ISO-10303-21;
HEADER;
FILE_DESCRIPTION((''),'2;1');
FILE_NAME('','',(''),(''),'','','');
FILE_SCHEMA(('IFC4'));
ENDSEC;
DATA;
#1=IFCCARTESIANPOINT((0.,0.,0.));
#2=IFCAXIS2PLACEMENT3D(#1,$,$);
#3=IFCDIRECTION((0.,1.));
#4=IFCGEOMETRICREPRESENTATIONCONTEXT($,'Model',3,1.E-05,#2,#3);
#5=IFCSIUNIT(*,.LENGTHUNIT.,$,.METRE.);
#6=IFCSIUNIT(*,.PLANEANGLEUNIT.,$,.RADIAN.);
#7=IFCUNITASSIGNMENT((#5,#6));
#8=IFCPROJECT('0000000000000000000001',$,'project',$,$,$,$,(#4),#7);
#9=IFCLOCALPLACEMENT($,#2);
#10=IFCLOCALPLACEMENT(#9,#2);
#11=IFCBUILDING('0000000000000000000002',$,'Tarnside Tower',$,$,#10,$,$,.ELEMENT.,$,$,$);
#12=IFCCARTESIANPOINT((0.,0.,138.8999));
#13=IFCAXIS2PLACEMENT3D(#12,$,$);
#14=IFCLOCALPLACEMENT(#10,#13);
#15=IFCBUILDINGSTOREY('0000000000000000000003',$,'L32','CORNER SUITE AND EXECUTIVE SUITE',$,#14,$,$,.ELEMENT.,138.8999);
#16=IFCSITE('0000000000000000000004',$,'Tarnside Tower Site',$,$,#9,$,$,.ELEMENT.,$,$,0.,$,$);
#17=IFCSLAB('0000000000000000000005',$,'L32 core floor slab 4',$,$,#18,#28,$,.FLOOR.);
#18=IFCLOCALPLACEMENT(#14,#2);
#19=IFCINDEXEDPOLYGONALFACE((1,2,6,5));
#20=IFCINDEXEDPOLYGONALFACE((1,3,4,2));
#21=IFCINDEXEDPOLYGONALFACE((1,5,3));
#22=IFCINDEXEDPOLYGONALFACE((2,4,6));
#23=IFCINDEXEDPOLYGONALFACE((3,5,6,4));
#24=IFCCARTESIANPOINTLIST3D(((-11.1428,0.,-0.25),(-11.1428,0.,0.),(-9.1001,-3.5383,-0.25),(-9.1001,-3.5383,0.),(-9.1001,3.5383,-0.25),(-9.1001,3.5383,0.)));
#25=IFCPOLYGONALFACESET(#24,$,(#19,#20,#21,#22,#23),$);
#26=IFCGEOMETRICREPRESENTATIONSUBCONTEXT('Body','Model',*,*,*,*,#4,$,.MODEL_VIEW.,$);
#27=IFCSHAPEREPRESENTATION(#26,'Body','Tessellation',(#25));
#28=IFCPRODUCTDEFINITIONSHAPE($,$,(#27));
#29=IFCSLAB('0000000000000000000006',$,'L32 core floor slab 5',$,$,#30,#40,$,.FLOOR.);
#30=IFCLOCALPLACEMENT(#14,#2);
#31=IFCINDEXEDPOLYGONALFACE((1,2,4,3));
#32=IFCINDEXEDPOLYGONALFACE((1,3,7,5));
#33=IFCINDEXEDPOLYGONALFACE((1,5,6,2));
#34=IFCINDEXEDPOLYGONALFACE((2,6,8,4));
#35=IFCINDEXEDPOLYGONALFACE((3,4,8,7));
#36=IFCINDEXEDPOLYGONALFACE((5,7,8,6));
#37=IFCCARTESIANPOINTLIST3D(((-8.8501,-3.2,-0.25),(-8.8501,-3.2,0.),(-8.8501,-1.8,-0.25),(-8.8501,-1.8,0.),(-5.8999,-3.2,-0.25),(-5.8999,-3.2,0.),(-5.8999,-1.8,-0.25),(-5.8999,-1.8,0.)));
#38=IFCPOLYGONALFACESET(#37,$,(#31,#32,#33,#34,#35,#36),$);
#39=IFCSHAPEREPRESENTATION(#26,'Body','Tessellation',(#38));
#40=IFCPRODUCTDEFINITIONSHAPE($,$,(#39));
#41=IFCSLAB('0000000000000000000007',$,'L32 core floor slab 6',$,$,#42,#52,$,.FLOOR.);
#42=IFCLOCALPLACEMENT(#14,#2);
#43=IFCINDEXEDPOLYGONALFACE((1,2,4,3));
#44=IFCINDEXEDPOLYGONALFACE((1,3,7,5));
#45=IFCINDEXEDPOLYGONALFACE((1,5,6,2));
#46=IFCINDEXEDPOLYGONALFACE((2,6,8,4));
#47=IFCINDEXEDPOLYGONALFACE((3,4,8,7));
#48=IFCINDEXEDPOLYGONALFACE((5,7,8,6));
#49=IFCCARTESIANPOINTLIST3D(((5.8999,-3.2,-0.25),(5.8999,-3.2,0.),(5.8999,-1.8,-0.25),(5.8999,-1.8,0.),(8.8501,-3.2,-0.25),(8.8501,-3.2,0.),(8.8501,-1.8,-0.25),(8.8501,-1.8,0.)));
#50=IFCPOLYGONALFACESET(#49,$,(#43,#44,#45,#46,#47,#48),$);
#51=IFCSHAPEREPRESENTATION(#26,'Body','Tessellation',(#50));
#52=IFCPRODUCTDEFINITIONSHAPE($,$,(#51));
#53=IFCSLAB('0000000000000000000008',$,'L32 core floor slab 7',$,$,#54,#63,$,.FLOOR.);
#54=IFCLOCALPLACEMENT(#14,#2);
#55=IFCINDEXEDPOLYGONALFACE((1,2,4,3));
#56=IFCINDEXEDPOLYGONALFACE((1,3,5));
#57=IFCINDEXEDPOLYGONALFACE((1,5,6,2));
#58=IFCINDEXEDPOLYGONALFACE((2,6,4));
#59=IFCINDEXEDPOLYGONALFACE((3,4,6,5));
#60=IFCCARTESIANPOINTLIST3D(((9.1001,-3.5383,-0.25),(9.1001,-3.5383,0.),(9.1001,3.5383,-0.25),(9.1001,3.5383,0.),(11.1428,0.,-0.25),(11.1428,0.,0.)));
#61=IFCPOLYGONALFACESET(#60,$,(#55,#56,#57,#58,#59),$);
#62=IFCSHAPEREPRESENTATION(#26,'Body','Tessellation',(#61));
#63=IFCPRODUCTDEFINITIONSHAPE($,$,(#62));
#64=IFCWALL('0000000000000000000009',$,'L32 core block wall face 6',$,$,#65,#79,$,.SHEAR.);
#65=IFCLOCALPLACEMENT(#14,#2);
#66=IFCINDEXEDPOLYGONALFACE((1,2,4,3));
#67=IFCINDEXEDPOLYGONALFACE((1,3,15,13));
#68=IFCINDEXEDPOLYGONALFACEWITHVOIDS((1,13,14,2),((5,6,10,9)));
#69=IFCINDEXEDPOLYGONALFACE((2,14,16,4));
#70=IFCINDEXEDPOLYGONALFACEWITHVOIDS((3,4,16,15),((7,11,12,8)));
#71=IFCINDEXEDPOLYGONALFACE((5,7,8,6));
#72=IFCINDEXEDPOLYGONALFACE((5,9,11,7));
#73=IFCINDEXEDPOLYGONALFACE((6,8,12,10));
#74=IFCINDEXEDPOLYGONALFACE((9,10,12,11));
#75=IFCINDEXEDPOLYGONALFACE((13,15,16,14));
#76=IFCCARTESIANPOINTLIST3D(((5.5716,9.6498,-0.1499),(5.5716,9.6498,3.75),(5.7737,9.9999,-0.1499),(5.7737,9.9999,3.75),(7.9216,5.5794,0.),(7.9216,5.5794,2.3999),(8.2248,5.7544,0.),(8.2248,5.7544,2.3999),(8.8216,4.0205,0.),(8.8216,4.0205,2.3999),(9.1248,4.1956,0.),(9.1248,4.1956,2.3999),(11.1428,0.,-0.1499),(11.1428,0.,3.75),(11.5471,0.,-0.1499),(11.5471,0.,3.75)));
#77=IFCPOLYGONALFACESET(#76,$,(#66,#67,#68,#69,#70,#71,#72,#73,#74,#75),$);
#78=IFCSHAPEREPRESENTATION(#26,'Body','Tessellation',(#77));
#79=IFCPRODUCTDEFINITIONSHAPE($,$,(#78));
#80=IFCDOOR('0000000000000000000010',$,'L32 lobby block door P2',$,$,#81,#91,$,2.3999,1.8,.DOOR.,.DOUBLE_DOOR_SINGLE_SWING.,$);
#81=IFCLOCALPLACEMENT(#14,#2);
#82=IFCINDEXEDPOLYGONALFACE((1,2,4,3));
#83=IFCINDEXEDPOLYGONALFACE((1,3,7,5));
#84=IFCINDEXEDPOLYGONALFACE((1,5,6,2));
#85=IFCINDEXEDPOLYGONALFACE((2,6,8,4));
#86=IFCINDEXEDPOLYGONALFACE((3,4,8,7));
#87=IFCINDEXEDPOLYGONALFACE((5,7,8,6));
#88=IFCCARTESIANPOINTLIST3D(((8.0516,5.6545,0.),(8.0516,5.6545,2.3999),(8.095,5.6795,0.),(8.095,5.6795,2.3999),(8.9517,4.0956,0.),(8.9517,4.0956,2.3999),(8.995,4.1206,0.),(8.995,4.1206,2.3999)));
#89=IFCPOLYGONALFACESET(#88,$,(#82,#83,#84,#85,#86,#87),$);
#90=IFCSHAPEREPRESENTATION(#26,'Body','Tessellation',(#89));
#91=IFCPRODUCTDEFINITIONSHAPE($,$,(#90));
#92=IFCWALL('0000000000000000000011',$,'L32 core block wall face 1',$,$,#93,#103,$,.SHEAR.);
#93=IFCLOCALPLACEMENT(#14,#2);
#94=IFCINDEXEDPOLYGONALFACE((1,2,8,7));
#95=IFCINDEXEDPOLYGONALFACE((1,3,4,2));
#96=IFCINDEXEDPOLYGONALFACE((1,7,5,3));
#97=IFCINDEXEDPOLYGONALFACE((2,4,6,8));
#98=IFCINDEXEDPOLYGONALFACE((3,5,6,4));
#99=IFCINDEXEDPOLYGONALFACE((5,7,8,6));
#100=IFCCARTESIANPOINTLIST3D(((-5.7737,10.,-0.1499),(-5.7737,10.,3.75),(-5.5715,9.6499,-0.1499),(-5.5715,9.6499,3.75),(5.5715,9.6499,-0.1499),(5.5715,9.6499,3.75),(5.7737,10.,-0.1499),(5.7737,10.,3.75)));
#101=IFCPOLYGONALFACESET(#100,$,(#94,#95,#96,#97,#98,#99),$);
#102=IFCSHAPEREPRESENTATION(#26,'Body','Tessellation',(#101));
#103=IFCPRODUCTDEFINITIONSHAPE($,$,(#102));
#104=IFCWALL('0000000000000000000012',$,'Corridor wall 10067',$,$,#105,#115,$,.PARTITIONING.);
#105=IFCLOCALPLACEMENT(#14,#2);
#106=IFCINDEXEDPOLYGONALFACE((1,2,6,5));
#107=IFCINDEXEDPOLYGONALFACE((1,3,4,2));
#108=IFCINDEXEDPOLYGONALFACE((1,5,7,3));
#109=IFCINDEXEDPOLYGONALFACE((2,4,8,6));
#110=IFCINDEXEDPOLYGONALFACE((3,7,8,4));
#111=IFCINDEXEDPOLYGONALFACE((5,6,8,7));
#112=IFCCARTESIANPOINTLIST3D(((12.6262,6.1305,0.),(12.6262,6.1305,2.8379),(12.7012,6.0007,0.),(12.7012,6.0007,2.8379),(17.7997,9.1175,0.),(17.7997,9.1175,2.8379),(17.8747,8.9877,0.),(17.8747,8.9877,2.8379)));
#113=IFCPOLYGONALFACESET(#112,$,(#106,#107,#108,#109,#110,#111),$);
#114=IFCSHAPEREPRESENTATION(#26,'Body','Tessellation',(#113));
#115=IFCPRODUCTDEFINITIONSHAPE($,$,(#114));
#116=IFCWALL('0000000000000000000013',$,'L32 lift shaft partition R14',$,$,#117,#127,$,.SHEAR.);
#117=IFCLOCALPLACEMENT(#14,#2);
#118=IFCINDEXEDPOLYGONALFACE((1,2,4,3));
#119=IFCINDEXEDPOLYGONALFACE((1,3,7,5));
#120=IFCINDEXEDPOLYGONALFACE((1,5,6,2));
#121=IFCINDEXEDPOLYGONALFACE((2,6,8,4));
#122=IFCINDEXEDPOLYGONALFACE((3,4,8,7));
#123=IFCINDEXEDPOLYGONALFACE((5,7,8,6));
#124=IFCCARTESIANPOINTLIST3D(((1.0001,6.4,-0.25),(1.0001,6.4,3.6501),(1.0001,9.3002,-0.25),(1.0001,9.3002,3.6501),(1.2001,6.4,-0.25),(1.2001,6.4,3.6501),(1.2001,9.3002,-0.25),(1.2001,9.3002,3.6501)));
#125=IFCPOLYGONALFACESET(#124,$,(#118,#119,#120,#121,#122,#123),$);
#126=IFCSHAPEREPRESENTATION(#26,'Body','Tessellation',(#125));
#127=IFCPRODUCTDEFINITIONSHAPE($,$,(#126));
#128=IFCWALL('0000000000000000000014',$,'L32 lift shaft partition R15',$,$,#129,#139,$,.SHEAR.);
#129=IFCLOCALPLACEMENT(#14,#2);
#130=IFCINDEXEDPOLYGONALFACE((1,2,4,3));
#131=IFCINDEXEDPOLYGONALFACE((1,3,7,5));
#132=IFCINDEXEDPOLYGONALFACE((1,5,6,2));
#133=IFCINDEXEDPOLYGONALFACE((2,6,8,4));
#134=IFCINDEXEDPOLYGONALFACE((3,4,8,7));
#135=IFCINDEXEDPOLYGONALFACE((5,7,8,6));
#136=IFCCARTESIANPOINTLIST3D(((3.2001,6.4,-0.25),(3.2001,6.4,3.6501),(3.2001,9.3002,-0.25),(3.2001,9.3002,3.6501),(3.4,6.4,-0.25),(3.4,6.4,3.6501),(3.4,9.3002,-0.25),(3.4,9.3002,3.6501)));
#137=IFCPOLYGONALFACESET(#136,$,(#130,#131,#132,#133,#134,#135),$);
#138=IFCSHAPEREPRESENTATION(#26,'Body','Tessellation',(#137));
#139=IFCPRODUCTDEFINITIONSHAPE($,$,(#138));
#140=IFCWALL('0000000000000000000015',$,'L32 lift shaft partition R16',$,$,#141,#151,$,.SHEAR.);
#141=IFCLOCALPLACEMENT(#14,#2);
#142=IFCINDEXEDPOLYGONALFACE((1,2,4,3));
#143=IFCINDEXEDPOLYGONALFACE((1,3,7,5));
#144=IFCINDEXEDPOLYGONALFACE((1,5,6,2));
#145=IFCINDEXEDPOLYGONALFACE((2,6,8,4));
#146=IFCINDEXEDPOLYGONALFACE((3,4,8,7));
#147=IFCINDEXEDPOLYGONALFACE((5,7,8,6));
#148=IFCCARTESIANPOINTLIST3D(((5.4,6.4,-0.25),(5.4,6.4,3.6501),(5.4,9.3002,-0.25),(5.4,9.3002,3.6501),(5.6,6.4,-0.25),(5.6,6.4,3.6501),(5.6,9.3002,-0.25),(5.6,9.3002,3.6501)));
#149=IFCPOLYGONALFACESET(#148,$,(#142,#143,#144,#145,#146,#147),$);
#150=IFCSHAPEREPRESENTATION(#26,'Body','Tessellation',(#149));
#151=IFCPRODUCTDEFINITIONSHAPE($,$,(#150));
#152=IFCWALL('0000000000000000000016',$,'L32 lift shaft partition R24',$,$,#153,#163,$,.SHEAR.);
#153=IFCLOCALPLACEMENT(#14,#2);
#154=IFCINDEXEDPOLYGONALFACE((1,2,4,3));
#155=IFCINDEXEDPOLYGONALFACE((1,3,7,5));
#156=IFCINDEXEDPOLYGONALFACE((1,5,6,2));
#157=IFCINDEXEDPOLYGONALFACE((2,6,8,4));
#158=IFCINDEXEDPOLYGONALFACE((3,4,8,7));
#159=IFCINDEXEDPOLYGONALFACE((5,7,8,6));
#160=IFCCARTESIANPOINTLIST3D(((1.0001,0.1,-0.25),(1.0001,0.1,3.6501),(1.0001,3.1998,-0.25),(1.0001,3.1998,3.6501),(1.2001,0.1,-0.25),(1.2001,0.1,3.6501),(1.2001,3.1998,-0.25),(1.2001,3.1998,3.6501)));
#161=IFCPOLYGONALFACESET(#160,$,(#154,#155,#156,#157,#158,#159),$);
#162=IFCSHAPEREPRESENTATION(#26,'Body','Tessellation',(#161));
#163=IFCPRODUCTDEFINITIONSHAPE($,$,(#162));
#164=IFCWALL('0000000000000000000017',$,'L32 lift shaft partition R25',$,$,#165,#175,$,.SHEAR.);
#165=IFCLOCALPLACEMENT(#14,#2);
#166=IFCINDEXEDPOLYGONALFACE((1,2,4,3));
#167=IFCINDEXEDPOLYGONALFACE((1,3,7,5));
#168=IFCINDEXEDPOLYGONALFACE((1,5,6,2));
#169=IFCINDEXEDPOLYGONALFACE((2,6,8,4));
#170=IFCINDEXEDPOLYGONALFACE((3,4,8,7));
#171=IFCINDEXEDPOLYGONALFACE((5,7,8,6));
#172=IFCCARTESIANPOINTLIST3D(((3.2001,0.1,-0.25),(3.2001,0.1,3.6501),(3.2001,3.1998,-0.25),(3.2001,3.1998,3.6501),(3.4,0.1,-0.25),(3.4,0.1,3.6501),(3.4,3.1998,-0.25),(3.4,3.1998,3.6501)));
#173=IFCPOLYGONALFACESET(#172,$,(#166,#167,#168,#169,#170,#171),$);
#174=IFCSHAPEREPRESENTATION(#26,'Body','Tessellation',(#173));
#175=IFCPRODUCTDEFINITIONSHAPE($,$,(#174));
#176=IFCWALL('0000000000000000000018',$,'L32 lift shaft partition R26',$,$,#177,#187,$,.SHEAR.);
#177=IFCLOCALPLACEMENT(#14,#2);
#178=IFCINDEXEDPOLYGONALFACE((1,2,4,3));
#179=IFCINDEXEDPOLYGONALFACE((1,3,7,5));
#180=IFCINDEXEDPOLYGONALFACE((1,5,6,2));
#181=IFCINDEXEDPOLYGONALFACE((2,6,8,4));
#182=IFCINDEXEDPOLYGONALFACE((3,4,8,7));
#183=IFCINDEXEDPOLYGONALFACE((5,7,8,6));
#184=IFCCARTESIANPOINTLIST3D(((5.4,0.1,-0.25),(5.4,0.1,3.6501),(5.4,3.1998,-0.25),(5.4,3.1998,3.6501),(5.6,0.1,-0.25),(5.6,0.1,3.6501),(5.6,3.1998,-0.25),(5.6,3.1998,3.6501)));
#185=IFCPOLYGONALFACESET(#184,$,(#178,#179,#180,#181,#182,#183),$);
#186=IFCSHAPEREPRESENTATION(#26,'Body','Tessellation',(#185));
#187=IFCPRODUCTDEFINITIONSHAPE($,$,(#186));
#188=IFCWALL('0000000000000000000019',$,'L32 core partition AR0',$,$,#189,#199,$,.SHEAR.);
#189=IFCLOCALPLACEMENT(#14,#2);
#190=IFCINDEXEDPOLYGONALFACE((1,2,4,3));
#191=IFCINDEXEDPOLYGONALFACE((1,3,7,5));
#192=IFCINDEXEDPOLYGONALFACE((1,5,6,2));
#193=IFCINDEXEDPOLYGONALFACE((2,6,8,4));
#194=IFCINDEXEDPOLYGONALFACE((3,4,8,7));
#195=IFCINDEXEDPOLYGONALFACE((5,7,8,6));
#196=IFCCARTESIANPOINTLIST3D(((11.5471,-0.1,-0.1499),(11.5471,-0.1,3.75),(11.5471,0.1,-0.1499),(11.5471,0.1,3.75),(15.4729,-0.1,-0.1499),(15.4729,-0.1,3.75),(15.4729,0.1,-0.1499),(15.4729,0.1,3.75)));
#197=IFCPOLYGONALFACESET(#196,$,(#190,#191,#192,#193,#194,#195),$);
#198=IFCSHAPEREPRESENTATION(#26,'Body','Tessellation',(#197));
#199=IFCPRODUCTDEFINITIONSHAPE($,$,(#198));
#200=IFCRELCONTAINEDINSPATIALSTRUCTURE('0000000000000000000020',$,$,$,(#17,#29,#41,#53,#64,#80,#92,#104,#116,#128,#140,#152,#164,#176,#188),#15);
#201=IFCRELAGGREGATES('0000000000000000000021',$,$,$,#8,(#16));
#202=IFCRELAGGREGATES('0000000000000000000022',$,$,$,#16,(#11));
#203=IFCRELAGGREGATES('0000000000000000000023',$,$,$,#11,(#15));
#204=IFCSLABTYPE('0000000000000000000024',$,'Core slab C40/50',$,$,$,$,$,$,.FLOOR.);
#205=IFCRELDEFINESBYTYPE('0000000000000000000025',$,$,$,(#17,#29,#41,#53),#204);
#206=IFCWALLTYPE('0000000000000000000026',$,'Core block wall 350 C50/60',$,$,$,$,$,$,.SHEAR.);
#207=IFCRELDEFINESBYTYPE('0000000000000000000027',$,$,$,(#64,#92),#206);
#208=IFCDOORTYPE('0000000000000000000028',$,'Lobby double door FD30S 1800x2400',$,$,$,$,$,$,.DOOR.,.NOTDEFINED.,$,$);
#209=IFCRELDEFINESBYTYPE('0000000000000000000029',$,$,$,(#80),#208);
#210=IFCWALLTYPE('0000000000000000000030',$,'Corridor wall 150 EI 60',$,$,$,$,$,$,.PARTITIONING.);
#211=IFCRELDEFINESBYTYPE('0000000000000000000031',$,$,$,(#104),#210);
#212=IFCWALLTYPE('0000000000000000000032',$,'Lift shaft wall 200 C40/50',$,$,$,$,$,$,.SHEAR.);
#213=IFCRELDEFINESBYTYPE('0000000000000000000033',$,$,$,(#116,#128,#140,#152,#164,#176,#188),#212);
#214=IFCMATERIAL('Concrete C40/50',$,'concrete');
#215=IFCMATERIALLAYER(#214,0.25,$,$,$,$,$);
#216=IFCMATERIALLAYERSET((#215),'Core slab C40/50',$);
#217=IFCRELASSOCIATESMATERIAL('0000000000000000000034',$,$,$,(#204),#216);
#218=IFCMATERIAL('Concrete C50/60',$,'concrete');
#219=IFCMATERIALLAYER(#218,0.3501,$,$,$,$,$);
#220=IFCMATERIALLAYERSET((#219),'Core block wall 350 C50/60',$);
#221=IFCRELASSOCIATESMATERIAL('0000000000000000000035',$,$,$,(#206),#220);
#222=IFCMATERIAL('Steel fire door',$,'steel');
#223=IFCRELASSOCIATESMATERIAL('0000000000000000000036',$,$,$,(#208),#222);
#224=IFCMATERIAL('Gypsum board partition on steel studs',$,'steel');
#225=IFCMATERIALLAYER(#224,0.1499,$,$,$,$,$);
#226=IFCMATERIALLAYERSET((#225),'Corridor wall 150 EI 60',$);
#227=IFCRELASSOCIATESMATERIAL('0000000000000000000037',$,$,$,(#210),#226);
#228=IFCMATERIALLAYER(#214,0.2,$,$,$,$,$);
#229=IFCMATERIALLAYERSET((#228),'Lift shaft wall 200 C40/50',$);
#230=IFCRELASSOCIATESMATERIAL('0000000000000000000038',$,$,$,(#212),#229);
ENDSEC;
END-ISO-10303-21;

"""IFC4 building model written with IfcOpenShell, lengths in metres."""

from ifc_helpers import new_model, si_unit, direction, frame, frame_2d, origin, place, context, subcontext, project, spatial, polyline, rectangle, outline, extrude, material, layer, layer_set, type_object, element, fill, save


model = new_model("IFC4")

# Units and contexts
model_context = context("Model", 3, precision=1e-05, world=origin(), true_north=direction((0.0, 1.0)))
body_context = subcontext(model_context, "Body", "Model", "MODEL_VIEW")
ifc_project = project(units=[si_unit("LENGTHUNIT", "METRE"), si_unit("PLANEANGLEUNIT", "RADIAN")], contexts=[model_context])

# Site, building, storey
site_placement = place(None, origin())
site = spatial("IfcSite", under=ifc_project, at=site_placement, Name="Tarnside Tower Site", CompositionType="ELEMENT", RefElevation=0.0)
building_placement = place(site_placement, origin())
building = spatial("IfcBuilding", under=site, at=building_placement, Name="Tarnside Tower", CompositionType="ELEMENT")
storey_placement = place(building_placement, frame((0.0, 0.0, 138.8999)))
storey = spatial("IfcBuildingStorey", under=building, at=storey_placement, Name="L32", Description="CORNER SUITE AND EXECUTIVE SUITE", CompositionType="ELEMENT", Elevation=138.8999)

# Slabs
ifc_material_1 = material(Name="Concrete C40/50", Category="concrete")
ifc_layer_1 = layer(ifc_material_1, 0.25)
ifc_layer_set_1 = layer_set([ifc_layer_1], Name="Core slab C40/50")
slab_type = type_object("IfcSlabType", Name="Core slab C40/50", PredefinedType="FLOOR", material=ifc_layer_set_1)
slab_1_placement = place(storey_placement, frame((0.0, 0.0, -0.25)))
element("IfcSlab", 1, at=slab_1_placement, inside=storey, type_object=slab_type, Name="L32 core floor slab 4", PredefinedType="FLOOR", context=body_context, shape_type="SweptSolid", body=[
    extrude(outline(polyline([(-11.1428, 0.0), (-9.1001, 3.5383), (-9.1001, -3.5383), (-11.1428, 0.0)])), origin(), (0.0, 0.0, 1.0), 0.25),
])
slab_2_placement = place(storey_placement, frame((0.0, 0.0, -0.25)))
element("IfcSlab", 2, at=slab_2_placement, inside=storey, type_object=slab_type, Name="L32 core floor slab 5", PredefinedType="FLOOR", context=body_context, shape_type="SweptSolid", body=[
    extrude(outline(polyline([(-8.8501, -1.8), (-5.8999, -1.8), (-5.8999, -3.2), (-8.8501, -3.2), (-8.8501, -1.8)])), origin(), (0.0, 0.0, 1.0), 0.25),
])
slab_3_placement = place(storey_placement, frame((0.0, 0.0, -0.25)))
element("IfcSlab", 3, at=slab_3_placement, inside=storey, type_object=slab_type, Name="L32 core floor slab 6", PredefinedType="FLOOR", context=body_context, shape_type="SweptSolid", body=[
    extrude(outline(polyline([(5.8999, -3.2), (5.8999, -1.8), (8.8501, -1.8), (8.8501, -3.2), (5.8999, -3.2)])), origin(), (0.0, 0.0, 1.0), 0.25),
])
slab_4_placement = place(storey_placement, frame((0.0, 0.0, -0.25)))
element("IfcSlab", 4, at=slab_4_placement, inside=storey, type_object=slab_type, Name="L32 core floor slab 7", PredefinedType="FLOOR", context=body_context, shape_type="SweptSolid", body=[
    extrude(outline(polyline([(9.1001, -3.5383), (9.1001, 3.5383), (11.1428, 0.0), (9.1001, -3.5383)])), origin(), (0.0, 0.0, 1.0), 0.25),
])

# Wall, opening, door
ifc_material_2 = material(Name="Concrete C50/60", Category="concrete")
ifc_layer_2 = layer(ifc_material_2, 0.3501)
ifc_layer_set_2 = layer_set([ifc_layer_2], Name="Core block wall 350 C50/60")
wall_type_1 = type_object("IfcWallType", Name="Core block wall 350 C50/60", PredefinedType="SHEAR", material=ifc_layer_set_2)
wall_1_placement = place(storey_placement, frame((11.345, 0.0, -0.1499), z_axis=(0.0, 0.0, 1.0), x_axis=(-0.499995, 0.866028, 0.0)))
wall_1 = element("IfcWall", 5, at=wall_1_placement, inside=storey, type_object=wall_type_1, Name="L32 core block wall face 6", PredefinedType="SHEAR", context=body_context, shape_type="SweptSolid", body=[
    extrude(outline(polyline([(-0.1011, -0.175), (11.4458, -0.175), (11.2437, 0.175), (0.1011, 0.175), (-0.1011, -0.175)])), origin(), (0.0, 0.0, 1.0), 3.8999),
])
opening_placement = place(wall_1_placement, frame((4.7437, 0.0, 0.1499)))
opening = element("IfcOpeningElement", 6, at=opening_placement, cuts=wall_1, PredefinedType="OPENING", context=body_context, shape_type="SweptSolid", body=[
    extrude(rectangle(XDim=1.8, YDim=2.3999, at=frame_2d((0.8999, 1.2))), frame((0.0, 0.1851, 0.0), z_axis=(0.0, -1.0, 0.0), x_axis=(1.0, 0.0, 0.0)), (0.0, 0.0, 1.0), 0.3701),
])
ifc_material_3 = material(Name="Steel fire door", Category="steel")
door_type = type_object("IfcDoorType", Name="Lobby double door FD30S 1800x2400", OperationType="NOTDEFINED", PredefinedType="DOOR", material=ifc_material_3)
door_placement = place(opening_placement, origin())
door = element("IfcDoor", 7, at=door_placement, inside=storey, type_object=door_type, Name="L32 lobby block door P2", OperationType="DOUBLE_DOOR_SINGLE_SWING", OverallHeight=2.3999, OverallWidth=1.8, PredefinedType="DOOR", context=body_context, shape_type="SweptSolid", body=[
    extrude(rectangle(XDim=1.8, YDim=2.3999, at=frame_2d((0.8999, 1.2))), frame((0.0, 0.0249, 0.0), z_axis=(0.0, -1.0, 0.0), x_axis=(1.0, 0.0, 0.0)), (0.0, 0.0, 1.0), 0.05),
])
fill(opening, door)

# Walls
wall_2_placement = place(storey_placement, frame((5.6726, 9.825, -0.1499), z_axis=(0.0, 0.0, 1.0), x_axis=(-1.0, 0.0, 0.0)))
element("IfcWall", 8, at=wall_2_placement, inside=storey, type_object=wall_type_1, Name="L32 core block wall face 1", PredefinedType="SHEAR", context=body_context, shape_type="SweptSolid", body=[
    extrude(outline(polyline([(-0.1011, -0.175), (11.4463, -0.175), (11.2441, 0.175), (0.1011, 0.175), (-0.1011, -0.175)])), origin(), (0.0, 0.0, 1.0), 3.8999),
])
ifc_material_4 = material(Name="Gypsum board partition on steel studs", Category="steel")
ifc_layer_3 = layer(ifc_material_4, 0.1499)
ifc_layer_set_3 = layer_set([ifc_layer_3], Name="Corridor wall 150 EI 60")
wall_type_2 = type_object("IfcWallType", Name="Corridor wall 150 EI 60", PredefinedType="PARTITIONING", material=ifc_layer_set_3)
wall_3_placement = place(storey_placement, frame((12.6638, 6.0657, 0.0), z_axis=(0.0, 0.0, 1.0), x_axis=(0.866019, 0.500011, 0.0)))
element("IfcWall", 9, at=wall_3_placement, inside=storey, type_object=wall_type_2, Name="Corridor wall 10067", PredefinedType="PARTITIONING", context=body_context, shape_type="SweptSolid", body=[
    extrude(rectangle(XDim=5.9739, YDim=0.1499, at=frame_2d((2.9868, 0.0))), origin(), (0.0, 0.0, 1.0), 2.8379),
])
ifc_layer_4 = layer(ifc_material_1, 0.2)
ifc_layer_set_4 = layer_set([ifc_layer_4], Name="Lift shaft wall 200 C40/50")
wall_type_3 = type_object("IfcWallType", Name="Lift shaft wall 200 C40/50", PredefinedType="SHEAR", material=ifc_layer_set_4)
for number, where, z_axis, x_axis, name in (
    (10, (1.1001, 6.3999, -0.25), (0.0, 0.0, 1.0), (0.0, 1.0, 0.0), "L32 lift shaft partition R14"),
    (11, (3.3, 6.3999, -0.25), (0.0, 0.0, 1.0), (0.0, 1.0, 0.0), "L32 lift shaft partition R15"),
    (12, (5.5, 6.3999, -0.25), (0.0, 0.0, 1.0), (0.0, 1.0, 0.0), "L32 lift shaft partition R16"),
):
    element("IfcWall", number, at=place(storey_placement, frame(where, z_axis=z_axis, x_axis=x_axis)), inside=storey, type_object=wall_type_3, Name=name, PredefinedType="SHEAR", context=body_context, shape_type="SweptSolid", body=[
        extrude(rectangle(XDim=2.9001, YDim=0.2, at=frame_2d((1.4502, 0.0))), origin(), (0.0, 0.0, 1.0), 3.9001),
    ])
for number, where, z_axis, x_axis, name in (
    (13, (1.1001, 0.1001, -0.25), (0.0, 0.0, 1.0), (0.0, 1.0, 0.0), "L32 lift shaft partition R24"),
    (14, (3.3, 0.1001, -0.25), (0.0, 0.0, 1.0), (0.0, 1.0, 0.0), "L32 lift shaft partition R25"),
    (15, (5.5, 0.1001, -0.25), (0.0, 0.0, 1.0), (0.0, 1.0, 0.0), "L32 lift shaft partition R26"),
):
    element("IfcWall", number, at=place(storey_placement, frame(where, z_axis=z_axis, x_axis=x_axis)), inside=storey, type_object=wall_type_3, Name=name, PredefinedType="SHEAR", context=body_context, shape_type="SweptSolid", body=[
        extrude(rectangle(XDim=3.0999, YDim=0.2, at=frame_2d((1.5498, 0.0))), origin(), (0.0, 0.0, 1.0), 3.9001),
    ])
wall_4_placement = place(storey_placement, frame((11.5471, 0.0, -0.1499), z_axis=(0.0, 0.0, 1.0), x_axis=(1.0, 0.0, 0.0)))
element("IfcWall", 16, at=wall_4_placement, inside=storey, type_object=wall_type_3, Name="L32 core partition AR0", PredefinedType="SHEAR", context=body_context, shape_type="SweptSolid", body=[
    extrude(rectangle(XDim=3.9258, YDim=0.2, at=frame_2d((1.9629, 0.0))), origin(), (0.0, 0.0, 1.0), 3.8999),
])

save(model, "model.ifc")
